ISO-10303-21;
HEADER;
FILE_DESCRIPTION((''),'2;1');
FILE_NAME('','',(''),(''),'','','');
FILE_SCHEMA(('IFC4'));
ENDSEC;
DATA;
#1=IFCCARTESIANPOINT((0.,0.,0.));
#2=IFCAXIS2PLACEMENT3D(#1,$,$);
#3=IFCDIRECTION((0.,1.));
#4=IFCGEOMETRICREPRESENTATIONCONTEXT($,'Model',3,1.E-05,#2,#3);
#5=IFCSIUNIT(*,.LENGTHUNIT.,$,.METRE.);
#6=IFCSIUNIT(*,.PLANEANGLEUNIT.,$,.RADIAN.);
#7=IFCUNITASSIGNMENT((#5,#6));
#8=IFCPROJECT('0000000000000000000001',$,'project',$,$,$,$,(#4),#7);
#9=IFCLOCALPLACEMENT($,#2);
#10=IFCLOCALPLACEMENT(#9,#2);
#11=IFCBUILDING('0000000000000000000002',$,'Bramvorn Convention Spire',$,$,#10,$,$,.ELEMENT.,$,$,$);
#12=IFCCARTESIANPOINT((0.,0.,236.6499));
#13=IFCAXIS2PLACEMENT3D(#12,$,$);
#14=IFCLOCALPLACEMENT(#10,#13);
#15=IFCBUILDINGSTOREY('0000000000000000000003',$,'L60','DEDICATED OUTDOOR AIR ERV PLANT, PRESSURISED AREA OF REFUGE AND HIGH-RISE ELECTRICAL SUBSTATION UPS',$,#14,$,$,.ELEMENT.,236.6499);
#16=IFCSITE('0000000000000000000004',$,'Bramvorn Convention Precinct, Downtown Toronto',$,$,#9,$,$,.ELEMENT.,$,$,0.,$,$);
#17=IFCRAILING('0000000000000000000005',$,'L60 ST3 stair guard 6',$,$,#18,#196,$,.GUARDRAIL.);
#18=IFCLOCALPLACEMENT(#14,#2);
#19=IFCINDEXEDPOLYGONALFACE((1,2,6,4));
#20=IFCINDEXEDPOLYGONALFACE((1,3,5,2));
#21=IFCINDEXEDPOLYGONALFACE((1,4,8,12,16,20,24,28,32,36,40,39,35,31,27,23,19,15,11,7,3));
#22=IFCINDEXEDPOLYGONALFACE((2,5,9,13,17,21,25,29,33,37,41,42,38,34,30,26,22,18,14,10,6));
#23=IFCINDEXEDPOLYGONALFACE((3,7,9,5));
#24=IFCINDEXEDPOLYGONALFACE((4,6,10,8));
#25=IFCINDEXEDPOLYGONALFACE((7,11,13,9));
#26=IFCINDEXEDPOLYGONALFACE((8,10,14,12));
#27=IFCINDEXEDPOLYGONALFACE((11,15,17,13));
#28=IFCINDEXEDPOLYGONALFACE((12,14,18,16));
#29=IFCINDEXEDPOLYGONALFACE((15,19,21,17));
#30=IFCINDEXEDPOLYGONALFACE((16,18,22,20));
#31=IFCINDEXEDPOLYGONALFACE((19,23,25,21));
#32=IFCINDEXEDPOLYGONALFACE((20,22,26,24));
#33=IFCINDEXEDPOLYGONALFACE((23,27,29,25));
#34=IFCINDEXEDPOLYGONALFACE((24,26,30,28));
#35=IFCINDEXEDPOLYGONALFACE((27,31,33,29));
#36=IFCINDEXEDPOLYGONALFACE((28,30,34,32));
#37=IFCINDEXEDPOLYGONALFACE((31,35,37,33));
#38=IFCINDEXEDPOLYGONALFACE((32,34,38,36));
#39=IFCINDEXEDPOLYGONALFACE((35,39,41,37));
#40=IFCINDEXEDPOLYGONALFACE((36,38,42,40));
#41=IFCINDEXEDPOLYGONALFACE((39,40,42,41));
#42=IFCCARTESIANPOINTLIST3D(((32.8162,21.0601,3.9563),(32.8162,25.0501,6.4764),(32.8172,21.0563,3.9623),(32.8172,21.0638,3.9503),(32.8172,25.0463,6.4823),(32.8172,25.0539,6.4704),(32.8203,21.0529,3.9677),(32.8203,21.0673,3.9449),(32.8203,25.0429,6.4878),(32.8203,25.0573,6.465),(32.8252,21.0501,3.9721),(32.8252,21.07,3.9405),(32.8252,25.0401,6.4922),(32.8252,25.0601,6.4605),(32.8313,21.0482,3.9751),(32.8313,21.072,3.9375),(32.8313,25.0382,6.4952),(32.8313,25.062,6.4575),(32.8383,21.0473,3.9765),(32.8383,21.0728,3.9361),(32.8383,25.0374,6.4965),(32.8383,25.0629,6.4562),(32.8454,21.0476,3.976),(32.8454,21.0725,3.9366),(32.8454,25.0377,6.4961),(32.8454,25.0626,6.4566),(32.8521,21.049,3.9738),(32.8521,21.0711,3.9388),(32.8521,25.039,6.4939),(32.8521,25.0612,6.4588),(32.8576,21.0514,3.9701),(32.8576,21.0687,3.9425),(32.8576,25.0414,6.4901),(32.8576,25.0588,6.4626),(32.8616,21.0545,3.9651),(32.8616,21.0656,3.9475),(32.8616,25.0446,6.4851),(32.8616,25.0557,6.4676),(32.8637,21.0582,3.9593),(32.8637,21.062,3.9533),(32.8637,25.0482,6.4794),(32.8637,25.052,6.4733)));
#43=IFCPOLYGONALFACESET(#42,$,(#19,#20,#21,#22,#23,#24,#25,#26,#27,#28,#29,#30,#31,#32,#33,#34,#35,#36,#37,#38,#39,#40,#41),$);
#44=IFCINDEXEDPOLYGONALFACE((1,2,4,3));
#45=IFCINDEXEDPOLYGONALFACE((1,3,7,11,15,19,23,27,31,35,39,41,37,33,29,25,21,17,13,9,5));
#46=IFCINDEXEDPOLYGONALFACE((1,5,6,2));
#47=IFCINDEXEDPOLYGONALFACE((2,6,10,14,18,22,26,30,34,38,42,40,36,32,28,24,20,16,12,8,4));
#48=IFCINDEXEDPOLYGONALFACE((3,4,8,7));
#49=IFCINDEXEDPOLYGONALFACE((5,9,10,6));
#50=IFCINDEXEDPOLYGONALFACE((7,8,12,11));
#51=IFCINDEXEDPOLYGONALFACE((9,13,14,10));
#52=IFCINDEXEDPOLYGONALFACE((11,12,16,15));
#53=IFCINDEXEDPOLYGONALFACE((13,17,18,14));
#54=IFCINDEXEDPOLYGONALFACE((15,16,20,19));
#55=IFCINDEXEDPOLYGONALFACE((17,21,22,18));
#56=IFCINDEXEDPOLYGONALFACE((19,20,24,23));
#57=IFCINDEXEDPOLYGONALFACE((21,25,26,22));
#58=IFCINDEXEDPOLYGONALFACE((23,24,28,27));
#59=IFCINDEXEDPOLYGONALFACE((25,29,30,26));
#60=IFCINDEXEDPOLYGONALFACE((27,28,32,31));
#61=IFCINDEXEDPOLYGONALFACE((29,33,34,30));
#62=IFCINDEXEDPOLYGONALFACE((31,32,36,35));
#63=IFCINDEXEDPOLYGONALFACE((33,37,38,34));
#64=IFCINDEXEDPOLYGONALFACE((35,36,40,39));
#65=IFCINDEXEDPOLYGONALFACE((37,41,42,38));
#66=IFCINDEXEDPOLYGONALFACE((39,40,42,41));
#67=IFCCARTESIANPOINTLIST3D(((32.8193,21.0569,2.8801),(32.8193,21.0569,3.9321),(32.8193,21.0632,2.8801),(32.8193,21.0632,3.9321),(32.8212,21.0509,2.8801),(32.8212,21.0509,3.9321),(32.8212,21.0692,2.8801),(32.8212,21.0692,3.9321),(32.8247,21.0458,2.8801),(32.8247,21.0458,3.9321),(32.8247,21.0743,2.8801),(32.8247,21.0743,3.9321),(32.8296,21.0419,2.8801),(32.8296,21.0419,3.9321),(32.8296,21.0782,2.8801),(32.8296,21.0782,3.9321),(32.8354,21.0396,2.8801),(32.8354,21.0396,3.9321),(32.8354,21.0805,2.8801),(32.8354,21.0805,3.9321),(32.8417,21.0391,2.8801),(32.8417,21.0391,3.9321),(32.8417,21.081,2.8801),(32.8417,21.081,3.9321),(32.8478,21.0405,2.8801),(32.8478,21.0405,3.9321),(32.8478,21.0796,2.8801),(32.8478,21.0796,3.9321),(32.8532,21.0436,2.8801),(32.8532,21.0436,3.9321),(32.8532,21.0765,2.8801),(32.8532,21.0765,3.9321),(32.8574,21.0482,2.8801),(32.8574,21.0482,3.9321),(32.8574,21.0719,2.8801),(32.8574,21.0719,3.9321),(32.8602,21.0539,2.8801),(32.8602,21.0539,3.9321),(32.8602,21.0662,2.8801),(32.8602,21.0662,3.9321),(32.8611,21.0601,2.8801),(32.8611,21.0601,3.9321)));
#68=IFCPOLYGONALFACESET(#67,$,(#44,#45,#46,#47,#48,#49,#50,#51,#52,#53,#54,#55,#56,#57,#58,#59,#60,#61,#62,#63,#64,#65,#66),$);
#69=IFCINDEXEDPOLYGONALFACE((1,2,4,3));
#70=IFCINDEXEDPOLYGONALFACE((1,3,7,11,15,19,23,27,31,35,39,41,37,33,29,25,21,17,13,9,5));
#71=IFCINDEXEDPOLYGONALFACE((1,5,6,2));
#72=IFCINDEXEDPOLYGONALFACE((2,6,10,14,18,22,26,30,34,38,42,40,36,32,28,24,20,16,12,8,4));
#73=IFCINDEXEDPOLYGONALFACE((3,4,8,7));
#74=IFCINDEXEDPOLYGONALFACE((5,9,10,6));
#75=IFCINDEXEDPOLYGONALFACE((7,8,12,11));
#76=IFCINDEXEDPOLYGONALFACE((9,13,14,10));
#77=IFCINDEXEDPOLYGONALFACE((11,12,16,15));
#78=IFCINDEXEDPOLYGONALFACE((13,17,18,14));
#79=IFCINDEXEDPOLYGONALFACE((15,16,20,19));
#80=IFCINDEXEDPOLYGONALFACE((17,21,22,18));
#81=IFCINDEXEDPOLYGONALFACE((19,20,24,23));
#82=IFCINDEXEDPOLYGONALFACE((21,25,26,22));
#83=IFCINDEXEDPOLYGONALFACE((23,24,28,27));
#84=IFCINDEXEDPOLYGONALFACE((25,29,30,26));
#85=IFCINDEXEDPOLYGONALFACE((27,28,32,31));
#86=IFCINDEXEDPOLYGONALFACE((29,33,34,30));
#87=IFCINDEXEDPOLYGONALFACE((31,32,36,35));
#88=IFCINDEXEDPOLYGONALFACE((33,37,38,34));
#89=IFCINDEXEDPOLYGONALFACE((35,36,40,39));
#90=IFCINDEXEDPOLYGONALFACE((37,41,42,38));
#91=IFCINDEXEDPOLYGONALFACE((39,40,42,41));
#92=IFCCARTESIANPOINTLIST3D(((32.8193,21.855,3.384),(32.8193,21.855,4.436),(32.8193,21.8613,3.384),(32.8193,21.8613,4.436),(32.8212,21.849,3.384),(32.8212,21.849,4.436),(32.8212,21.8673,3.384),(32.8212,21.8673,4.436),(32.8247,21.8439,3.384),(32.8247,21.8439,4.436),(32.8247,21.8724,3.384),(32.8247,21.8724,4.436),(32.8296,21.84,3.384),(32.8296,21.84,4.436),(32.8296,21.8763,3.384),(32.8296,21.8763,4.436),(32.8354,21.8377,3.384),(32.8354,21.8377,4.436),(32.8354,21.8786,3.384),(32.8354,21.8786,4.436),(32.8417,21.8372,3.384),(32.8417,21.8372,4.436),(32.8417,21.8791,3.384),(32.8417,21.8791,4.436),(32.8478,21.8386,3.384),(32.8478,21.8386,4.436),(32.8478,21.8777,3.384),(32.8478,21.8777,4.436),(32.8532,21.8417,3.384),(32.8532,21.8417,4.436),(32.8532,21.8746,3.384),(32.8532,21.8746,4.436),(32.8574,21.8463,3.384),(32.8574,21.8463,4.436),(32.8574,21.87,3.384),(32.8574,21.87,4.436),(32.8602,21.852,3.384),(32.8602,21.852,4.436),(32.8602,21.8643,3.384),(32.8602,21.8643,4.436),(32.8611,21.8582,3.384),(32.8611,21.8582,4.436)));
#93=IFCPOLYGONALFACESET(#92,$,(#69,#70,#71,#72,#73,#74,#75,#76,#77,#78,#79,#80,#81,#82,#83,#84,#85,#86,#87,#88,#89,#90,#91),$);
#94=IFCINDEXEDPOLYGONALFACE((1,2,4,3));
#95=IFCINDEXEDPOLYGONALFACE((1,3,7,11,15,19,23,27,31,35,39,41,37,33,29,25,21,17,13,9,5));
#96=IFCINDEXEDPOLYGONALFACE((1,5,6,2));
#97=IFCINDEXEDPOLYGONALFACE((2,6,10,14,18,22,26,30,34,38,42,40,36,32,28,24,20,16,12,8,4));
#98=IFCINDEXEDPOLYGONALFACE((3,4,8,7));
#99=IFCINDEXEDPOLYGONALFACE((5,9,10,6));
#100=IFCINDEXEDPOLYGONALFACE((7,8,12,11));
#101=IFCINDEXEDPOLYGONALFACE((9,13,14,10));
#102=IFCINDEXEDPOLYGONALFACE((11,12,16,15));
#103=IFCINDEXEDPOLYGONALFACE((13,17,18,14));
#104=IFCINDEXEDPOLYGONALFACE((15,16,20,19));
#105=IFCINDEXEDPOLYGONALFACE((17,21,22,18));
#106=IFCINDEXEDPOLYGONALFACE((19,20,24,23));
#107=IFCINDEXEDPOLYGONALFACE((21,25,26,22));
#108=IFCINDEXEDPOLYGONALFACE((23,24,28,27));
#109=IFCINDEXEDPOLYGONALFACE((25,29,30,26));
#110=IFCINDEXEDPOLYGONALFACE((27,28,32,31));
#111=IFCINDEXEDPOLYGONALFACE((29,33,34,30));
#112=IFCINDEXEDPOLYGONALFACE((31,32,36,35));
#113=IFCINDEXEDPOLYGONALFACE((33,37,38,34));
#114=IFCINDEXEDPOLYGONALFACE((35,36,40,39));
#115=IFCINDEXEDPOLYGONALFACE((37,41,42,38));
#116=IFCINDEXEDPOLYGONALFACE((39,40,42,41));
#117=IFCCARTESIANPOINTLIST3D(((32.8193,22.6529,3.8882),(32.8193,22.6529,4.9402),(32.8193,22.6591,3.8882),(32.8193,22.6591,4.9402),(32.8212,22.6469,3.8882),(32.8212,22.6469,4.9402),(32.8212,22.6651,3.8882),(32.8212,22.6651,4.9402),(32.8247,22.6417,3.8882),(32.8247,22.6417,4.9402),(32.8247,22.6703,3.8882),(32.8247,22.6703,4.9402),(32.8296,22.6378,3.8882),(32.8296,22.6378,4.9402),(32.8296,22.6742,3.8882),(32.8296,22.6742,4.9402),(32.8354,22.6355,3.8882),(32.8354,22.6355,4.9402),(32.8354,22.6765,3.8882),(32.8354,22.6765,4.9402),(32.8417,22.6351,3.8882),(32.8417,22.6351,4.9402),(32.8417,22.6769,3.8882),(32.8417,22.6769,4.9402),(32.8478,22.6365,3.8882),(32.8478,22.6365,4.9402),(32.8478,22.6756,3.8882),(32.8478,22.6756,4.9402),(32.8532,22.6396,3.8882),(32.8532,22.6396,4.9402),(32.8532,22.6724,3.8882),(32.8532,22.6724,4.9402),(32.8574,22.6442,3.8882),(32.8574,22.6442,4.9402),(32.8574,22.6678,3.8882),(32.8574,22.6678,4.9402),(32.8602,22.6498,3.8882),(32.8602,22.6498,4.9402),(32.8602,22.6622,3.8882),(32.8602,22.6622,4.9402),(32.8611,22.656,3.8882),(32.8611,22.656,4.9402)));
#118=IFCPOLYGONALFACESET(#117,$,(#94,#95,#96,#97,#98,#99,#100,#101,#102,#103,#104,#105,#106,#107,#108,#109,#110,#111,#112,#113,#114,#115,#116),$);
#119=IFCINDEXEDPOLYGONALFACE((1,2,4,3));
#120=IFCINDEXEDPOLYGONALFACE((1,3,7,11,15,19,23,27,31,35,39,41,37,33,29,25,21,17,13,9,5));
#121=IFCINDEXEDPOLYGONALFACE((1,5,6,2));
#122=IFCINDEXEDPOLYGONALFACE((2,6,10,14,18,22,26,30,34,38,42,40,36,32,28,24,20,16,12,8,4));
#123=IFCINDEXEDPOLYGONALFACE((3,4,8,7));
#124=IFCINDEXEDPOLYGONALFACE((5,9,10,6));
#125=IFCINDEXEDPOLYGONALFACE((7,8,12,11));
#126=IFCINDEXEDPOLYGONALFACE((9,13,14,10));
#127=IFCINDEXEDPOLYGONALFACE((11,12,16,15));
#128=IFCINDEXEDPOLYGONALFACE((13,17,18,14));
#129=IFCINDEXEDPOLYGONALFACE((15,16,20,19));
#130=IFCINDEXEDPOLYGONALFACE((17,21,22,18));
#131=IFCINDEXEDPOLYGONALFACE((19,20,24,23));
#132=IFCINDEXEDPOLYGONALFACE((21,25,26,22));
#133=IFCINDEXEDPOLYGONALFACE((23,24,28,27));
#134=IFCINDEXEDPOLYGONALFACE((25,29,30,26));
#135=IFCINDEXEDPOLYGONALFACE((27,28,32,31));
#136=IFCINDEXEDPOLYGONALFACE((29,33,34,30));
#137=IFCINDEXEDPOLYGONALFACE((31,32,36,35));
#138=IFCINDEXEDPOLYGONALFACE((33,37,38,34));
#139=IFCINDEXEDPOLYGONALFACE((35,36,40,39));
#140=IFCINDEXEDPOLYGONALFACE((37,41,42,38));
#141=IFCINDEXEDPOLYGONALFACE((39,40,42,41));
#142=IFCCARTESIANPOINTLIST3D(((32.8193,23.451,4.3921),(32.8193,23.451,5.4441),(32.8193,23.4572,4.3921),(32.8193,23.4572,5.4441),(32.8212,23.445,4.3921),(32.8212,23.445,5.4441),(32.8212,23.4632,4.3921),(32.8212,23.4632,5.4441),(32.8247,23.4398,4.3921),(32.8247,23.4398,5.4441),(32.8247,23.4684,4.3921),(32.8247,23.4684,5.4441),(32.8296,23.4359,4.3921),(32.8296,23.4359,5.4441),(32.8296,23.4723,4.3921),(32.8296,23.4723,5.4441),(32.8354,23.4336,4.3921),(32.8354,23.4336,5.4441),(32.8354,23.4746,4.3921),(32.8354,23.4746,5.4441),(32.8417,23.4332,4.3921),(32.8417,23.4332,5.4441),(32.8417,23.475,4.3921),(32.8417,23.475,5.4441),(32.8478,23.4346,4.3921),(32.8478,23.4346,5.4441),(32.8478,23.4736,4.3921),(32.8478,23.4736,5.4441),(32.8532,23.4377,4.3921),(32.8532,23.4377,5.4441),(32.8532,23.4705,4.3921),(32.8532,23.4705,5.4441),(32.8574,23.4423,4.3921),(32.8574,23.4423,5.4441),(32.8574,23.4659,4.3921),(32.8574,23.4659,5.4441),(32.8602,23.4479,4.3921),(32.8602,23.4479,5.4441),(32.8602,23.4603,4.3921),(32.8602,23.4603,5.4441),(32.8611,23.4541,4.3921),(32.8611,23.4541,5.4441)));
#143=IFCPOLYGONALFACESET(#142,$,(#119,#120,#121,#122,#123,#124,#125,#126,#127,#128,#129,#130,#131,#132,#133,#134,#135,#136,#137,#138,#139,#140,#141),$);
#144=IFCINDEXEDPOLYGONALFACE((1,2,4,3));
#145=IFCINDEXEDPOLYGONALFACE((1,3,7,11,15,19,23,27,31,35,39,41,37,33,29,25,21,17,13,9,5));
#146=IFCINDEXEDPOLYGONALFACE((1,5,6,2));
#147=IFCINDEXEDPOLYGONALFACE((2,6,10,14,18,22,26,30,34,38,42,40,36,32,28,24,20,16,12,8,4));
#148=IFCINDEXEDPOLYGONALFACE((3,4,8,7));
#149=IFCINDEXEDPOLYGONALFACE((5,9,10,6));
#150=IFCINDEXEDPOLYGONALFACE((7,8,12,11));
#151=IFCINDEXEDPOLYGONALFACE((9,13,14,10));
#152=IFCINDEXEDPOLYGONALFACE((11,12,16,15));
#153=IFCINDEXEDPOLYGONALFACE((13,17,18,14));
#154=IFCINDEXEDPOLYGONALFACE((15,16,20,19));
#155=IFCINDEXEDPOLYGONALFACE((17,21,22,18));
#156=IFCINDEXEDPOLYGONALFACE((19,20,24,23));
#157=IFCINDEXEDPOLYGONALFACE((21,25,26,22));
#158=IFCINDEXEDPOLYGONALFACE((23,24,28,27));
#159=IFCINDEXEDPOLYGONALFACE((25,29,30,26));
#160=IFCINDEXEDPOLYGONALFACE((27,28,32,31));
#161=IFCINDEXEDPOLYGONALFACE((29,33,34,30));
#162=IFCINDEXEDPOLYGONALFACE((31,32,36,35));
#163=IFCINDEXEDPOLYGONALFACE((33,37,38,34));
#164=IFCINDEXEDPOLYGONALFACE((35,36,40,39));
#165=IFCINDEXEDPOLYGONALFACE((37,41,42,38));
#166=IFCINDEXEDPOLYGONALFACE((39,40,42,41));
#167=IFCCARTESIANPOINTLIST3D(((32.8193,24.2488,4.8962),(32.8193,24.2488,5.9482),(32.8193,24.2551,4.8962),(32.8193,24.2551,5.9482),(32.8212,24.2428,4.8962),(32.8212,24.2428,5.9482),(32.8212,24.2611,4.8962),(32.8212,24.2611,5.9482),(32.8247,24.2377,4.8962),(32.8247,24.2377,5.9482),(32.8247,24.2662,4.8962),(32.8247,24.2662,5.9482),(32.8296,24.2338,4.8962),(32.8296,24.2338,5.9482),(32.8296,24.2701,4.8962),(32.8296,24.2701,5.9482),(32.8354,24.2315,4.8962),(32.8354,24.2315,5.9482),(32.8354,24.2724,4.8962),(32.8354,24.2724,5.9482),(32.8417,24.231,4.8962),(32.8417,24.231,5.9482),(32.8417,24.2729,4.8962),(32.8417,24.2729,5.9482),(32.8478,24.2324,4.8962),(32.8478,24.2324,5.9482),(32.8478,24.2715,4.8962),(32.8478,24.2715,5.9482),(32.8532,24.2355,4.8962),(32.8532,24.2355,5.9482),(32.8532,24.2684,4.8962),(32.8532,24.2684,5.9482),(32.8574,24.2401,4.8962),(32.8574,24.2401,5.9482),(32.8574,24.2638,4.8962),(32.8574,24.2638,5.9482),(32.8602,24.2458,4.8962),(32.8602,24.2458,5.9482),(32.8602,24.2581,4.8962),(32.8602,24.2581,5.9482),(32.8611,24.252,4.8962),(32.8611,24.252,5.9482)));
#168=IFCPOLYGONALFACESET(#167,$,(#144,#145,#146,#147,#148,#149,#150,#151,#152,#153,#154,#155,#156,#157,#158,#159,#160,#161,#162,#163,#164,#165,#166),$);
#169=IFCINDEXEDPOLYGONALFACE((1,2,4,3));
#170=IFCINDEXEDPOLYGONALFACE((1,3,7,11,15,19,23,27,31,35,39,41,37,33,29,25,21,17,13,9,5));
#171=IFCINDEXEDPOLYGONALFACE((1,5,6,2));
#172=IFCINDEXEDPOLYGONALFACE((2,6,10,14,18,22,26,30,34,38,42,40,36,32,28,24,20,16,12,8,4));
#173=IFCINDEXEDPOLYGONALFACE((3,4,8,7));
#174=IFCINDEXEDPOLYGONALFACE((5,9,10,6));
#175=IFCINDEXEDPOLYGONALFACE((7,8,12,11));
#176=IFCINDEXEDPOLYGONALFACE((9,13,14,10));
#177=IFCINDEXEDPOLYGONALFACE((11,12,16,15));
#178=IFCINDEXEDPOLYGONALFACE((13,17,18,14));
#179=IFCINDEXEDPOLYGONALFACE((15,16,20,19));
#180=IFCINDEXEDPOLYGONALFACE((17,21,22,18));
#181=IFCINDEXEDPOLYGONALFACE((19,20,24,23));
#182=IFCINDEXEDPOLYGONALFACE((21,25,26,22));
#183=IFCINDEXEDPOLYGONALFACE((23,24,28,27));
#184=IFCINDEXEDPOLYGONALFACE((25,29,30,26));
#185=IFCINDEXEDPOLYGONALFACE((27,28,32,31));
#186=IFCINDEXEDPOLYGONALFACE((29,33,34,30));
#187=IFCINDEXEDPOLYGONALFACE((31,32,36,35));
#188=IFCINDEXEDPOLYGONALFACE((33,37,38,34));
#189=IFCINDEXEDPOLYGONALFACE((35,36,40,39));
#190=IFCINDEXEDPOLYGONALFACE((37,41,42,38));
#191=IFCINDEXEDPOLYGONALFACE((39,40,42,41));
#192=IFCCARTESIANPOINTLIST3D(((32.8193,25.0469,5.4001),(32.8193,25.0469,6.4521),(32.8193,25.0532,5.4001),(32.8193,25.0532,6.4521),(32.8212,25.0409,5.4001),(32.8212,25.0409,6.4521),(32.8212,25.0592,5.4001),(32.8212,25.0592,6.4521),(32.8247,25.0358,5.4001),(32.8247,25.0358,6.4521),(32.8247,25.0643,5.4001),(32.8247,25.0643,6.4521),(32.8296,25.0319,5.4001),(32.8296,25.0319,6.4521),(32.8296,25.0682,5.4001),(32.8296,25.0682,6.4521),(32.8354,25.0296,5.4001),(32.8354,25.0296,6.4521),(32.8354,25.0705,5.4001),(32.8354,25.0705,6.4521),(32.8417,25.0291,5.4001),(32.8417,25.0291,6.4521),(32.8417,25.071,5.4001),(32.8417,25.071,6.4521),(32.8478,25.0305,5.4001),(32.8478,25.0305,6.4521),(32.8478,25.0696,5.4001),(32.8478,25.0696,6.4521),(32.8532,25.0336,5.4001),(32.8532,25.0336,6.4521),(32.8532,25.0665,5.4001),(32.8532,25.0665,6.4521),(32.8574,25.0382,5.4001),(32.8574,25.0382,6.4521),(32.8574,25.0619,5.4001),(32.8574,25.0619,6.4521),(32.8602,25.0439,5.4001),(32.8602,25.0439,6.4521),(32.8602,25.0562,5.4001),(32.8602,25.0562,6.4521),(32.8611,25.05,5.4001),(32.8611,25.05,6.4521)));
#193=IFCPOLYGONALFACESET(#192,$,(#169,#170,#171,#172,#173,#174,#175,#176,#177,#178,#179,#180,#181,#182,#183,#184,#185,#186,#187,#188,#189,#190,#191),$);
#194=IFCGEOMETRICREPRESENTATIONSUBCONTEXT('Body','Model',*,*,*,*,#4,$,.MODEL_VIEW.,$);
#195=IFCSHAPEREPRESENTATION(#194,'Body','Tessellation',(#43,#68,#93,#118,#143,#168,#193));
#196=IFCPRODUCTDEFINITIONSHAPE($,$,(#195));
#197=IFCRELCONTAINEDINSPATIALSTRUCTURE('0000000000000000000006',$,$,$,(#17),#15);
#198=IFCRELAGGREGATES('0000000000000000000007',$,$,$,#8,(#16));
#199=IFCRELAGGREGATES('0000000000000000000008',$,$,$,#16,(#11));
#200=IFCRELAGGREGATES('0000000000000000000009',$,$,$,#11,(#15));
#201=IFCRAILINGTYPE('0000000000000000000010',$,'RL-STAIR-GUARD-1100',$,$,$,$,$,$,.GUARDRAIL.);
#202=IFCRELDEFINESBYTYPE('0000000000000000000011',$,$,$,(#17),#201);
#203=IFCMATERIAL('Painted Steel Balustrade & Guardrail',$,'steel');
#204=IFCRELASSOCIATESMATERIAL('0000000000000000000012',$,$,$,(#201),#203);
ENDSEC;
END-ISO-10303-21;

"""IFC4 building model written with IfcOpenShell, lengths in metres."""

from ifc_helpers import new_model, si_unit, direction, frame, origin, origin_2d, place, context, subcontext, project, spatial, circle, extrude, material, type_object, element, save


model = new_model("IFC4")

# Units and contexts
model_context = context("Model", 3, precision=1e-05, world=origin(), true_north=direction((0.0, 1.0)))
body_context = subcontext(model_context, "Body", "Model", "MODEL_VIEW")
ifc_project = project(units=[si_unit("LENGTHUNIT", "METRE"), si_unit("PLANEANGLEUNIT", "RADIAN")], contexts=[model_context])

# Site, building, storey
site_placement = place(None, origin())
site = spatial("IfcSite", under=ifc_project, at=site_placement, Name="Bramvorn Convention Precinct, Downtown Toronto", CompositionType="ELEMENT", RefElevation=0.0)
building_placement = place(site_placement, origin())
building = spatial("IfcBuilding", under=site, at=building_placement, Name="Bramvorn Convention Spire", CompositionType="ELEMENT")
storey_placement = place(building_placement, frame((0.0, 0.0, 236.6499)))
storey = spatial("IfcBuildingStorey", under=building, at=storey_placement, Name="L60", Description="DEDICATED OUTDOOR AIR ERV PLANT, PRESSURISED AREA OF REFUGE AND HIGH-RISE ELECTRICAL SUBSTATION UPS", CompositionType="ELEMENT", Elevation=236.6499)

# Railing
ifc_material_1 = material(Name="Painted Steel Balustrade & Guardrail", Category="steel")
railing_type_1 = type_object("IfcRailingType", Name="RL-STAIR-GUARD-1100", PredefinedType="GUARDRAIL", material=ifc_material_1)
railing_1_placement = place(storey_placement, frame((32.8401, 21.0601, 2.8801)))
element("IfcRailing", 1, at=railing_1_placement, inside=storey, type_object=railing_type_1, Name="L60 ST3 stair guard 6", PredefinedType="GUARDRAIL", context=body_context, shape_type="SweptSolid", body=[
    extrude(circle(Radius=0.0239, at=origin_2d()), frame((0.0, 0.0, 1.0762), z_axis=(0.0, 0.845486, 0.533997), x_axis=(-1.0, 0.0, 0.0)), (0.0, 0.0, 1.0), 4.7192),
    extrude(circle(Radius=0.021, at=origin_2d()), origin(), (0.0, 0.0, 1.0), 1.052),
    extrude(circle(Radius=0.021, at=origin_2d()), frame((0.0, 0.7981, 0.5039)), (0.0, 0.0, 1.0), 1.052),
    extrude(circle(Radius=0.021, at=origin_2d()), frame((0.0, 1.5959, 1.0081)), (0.0, 0.0, 1.0), 1.052),
    extrude(circle(Radius=0.021, at=origin_2d()), frame((0.0, 2.394, 1.512)), (0.0, 0.0, 1.0), 1.052),
    extrude(circle(Radius=0.021, at=origin_2d()), frame((0.0, 3.1919, 2.0161)), (0.0, 0.0, 1.0), 1.052),
    extrude(circle(Radius=0.021, at=origin_2d()), frame((0.0, 3.99, 2.52)), (0.0, 0.0, 1.0), 1.052),
])

save(model, "model.ifc")
